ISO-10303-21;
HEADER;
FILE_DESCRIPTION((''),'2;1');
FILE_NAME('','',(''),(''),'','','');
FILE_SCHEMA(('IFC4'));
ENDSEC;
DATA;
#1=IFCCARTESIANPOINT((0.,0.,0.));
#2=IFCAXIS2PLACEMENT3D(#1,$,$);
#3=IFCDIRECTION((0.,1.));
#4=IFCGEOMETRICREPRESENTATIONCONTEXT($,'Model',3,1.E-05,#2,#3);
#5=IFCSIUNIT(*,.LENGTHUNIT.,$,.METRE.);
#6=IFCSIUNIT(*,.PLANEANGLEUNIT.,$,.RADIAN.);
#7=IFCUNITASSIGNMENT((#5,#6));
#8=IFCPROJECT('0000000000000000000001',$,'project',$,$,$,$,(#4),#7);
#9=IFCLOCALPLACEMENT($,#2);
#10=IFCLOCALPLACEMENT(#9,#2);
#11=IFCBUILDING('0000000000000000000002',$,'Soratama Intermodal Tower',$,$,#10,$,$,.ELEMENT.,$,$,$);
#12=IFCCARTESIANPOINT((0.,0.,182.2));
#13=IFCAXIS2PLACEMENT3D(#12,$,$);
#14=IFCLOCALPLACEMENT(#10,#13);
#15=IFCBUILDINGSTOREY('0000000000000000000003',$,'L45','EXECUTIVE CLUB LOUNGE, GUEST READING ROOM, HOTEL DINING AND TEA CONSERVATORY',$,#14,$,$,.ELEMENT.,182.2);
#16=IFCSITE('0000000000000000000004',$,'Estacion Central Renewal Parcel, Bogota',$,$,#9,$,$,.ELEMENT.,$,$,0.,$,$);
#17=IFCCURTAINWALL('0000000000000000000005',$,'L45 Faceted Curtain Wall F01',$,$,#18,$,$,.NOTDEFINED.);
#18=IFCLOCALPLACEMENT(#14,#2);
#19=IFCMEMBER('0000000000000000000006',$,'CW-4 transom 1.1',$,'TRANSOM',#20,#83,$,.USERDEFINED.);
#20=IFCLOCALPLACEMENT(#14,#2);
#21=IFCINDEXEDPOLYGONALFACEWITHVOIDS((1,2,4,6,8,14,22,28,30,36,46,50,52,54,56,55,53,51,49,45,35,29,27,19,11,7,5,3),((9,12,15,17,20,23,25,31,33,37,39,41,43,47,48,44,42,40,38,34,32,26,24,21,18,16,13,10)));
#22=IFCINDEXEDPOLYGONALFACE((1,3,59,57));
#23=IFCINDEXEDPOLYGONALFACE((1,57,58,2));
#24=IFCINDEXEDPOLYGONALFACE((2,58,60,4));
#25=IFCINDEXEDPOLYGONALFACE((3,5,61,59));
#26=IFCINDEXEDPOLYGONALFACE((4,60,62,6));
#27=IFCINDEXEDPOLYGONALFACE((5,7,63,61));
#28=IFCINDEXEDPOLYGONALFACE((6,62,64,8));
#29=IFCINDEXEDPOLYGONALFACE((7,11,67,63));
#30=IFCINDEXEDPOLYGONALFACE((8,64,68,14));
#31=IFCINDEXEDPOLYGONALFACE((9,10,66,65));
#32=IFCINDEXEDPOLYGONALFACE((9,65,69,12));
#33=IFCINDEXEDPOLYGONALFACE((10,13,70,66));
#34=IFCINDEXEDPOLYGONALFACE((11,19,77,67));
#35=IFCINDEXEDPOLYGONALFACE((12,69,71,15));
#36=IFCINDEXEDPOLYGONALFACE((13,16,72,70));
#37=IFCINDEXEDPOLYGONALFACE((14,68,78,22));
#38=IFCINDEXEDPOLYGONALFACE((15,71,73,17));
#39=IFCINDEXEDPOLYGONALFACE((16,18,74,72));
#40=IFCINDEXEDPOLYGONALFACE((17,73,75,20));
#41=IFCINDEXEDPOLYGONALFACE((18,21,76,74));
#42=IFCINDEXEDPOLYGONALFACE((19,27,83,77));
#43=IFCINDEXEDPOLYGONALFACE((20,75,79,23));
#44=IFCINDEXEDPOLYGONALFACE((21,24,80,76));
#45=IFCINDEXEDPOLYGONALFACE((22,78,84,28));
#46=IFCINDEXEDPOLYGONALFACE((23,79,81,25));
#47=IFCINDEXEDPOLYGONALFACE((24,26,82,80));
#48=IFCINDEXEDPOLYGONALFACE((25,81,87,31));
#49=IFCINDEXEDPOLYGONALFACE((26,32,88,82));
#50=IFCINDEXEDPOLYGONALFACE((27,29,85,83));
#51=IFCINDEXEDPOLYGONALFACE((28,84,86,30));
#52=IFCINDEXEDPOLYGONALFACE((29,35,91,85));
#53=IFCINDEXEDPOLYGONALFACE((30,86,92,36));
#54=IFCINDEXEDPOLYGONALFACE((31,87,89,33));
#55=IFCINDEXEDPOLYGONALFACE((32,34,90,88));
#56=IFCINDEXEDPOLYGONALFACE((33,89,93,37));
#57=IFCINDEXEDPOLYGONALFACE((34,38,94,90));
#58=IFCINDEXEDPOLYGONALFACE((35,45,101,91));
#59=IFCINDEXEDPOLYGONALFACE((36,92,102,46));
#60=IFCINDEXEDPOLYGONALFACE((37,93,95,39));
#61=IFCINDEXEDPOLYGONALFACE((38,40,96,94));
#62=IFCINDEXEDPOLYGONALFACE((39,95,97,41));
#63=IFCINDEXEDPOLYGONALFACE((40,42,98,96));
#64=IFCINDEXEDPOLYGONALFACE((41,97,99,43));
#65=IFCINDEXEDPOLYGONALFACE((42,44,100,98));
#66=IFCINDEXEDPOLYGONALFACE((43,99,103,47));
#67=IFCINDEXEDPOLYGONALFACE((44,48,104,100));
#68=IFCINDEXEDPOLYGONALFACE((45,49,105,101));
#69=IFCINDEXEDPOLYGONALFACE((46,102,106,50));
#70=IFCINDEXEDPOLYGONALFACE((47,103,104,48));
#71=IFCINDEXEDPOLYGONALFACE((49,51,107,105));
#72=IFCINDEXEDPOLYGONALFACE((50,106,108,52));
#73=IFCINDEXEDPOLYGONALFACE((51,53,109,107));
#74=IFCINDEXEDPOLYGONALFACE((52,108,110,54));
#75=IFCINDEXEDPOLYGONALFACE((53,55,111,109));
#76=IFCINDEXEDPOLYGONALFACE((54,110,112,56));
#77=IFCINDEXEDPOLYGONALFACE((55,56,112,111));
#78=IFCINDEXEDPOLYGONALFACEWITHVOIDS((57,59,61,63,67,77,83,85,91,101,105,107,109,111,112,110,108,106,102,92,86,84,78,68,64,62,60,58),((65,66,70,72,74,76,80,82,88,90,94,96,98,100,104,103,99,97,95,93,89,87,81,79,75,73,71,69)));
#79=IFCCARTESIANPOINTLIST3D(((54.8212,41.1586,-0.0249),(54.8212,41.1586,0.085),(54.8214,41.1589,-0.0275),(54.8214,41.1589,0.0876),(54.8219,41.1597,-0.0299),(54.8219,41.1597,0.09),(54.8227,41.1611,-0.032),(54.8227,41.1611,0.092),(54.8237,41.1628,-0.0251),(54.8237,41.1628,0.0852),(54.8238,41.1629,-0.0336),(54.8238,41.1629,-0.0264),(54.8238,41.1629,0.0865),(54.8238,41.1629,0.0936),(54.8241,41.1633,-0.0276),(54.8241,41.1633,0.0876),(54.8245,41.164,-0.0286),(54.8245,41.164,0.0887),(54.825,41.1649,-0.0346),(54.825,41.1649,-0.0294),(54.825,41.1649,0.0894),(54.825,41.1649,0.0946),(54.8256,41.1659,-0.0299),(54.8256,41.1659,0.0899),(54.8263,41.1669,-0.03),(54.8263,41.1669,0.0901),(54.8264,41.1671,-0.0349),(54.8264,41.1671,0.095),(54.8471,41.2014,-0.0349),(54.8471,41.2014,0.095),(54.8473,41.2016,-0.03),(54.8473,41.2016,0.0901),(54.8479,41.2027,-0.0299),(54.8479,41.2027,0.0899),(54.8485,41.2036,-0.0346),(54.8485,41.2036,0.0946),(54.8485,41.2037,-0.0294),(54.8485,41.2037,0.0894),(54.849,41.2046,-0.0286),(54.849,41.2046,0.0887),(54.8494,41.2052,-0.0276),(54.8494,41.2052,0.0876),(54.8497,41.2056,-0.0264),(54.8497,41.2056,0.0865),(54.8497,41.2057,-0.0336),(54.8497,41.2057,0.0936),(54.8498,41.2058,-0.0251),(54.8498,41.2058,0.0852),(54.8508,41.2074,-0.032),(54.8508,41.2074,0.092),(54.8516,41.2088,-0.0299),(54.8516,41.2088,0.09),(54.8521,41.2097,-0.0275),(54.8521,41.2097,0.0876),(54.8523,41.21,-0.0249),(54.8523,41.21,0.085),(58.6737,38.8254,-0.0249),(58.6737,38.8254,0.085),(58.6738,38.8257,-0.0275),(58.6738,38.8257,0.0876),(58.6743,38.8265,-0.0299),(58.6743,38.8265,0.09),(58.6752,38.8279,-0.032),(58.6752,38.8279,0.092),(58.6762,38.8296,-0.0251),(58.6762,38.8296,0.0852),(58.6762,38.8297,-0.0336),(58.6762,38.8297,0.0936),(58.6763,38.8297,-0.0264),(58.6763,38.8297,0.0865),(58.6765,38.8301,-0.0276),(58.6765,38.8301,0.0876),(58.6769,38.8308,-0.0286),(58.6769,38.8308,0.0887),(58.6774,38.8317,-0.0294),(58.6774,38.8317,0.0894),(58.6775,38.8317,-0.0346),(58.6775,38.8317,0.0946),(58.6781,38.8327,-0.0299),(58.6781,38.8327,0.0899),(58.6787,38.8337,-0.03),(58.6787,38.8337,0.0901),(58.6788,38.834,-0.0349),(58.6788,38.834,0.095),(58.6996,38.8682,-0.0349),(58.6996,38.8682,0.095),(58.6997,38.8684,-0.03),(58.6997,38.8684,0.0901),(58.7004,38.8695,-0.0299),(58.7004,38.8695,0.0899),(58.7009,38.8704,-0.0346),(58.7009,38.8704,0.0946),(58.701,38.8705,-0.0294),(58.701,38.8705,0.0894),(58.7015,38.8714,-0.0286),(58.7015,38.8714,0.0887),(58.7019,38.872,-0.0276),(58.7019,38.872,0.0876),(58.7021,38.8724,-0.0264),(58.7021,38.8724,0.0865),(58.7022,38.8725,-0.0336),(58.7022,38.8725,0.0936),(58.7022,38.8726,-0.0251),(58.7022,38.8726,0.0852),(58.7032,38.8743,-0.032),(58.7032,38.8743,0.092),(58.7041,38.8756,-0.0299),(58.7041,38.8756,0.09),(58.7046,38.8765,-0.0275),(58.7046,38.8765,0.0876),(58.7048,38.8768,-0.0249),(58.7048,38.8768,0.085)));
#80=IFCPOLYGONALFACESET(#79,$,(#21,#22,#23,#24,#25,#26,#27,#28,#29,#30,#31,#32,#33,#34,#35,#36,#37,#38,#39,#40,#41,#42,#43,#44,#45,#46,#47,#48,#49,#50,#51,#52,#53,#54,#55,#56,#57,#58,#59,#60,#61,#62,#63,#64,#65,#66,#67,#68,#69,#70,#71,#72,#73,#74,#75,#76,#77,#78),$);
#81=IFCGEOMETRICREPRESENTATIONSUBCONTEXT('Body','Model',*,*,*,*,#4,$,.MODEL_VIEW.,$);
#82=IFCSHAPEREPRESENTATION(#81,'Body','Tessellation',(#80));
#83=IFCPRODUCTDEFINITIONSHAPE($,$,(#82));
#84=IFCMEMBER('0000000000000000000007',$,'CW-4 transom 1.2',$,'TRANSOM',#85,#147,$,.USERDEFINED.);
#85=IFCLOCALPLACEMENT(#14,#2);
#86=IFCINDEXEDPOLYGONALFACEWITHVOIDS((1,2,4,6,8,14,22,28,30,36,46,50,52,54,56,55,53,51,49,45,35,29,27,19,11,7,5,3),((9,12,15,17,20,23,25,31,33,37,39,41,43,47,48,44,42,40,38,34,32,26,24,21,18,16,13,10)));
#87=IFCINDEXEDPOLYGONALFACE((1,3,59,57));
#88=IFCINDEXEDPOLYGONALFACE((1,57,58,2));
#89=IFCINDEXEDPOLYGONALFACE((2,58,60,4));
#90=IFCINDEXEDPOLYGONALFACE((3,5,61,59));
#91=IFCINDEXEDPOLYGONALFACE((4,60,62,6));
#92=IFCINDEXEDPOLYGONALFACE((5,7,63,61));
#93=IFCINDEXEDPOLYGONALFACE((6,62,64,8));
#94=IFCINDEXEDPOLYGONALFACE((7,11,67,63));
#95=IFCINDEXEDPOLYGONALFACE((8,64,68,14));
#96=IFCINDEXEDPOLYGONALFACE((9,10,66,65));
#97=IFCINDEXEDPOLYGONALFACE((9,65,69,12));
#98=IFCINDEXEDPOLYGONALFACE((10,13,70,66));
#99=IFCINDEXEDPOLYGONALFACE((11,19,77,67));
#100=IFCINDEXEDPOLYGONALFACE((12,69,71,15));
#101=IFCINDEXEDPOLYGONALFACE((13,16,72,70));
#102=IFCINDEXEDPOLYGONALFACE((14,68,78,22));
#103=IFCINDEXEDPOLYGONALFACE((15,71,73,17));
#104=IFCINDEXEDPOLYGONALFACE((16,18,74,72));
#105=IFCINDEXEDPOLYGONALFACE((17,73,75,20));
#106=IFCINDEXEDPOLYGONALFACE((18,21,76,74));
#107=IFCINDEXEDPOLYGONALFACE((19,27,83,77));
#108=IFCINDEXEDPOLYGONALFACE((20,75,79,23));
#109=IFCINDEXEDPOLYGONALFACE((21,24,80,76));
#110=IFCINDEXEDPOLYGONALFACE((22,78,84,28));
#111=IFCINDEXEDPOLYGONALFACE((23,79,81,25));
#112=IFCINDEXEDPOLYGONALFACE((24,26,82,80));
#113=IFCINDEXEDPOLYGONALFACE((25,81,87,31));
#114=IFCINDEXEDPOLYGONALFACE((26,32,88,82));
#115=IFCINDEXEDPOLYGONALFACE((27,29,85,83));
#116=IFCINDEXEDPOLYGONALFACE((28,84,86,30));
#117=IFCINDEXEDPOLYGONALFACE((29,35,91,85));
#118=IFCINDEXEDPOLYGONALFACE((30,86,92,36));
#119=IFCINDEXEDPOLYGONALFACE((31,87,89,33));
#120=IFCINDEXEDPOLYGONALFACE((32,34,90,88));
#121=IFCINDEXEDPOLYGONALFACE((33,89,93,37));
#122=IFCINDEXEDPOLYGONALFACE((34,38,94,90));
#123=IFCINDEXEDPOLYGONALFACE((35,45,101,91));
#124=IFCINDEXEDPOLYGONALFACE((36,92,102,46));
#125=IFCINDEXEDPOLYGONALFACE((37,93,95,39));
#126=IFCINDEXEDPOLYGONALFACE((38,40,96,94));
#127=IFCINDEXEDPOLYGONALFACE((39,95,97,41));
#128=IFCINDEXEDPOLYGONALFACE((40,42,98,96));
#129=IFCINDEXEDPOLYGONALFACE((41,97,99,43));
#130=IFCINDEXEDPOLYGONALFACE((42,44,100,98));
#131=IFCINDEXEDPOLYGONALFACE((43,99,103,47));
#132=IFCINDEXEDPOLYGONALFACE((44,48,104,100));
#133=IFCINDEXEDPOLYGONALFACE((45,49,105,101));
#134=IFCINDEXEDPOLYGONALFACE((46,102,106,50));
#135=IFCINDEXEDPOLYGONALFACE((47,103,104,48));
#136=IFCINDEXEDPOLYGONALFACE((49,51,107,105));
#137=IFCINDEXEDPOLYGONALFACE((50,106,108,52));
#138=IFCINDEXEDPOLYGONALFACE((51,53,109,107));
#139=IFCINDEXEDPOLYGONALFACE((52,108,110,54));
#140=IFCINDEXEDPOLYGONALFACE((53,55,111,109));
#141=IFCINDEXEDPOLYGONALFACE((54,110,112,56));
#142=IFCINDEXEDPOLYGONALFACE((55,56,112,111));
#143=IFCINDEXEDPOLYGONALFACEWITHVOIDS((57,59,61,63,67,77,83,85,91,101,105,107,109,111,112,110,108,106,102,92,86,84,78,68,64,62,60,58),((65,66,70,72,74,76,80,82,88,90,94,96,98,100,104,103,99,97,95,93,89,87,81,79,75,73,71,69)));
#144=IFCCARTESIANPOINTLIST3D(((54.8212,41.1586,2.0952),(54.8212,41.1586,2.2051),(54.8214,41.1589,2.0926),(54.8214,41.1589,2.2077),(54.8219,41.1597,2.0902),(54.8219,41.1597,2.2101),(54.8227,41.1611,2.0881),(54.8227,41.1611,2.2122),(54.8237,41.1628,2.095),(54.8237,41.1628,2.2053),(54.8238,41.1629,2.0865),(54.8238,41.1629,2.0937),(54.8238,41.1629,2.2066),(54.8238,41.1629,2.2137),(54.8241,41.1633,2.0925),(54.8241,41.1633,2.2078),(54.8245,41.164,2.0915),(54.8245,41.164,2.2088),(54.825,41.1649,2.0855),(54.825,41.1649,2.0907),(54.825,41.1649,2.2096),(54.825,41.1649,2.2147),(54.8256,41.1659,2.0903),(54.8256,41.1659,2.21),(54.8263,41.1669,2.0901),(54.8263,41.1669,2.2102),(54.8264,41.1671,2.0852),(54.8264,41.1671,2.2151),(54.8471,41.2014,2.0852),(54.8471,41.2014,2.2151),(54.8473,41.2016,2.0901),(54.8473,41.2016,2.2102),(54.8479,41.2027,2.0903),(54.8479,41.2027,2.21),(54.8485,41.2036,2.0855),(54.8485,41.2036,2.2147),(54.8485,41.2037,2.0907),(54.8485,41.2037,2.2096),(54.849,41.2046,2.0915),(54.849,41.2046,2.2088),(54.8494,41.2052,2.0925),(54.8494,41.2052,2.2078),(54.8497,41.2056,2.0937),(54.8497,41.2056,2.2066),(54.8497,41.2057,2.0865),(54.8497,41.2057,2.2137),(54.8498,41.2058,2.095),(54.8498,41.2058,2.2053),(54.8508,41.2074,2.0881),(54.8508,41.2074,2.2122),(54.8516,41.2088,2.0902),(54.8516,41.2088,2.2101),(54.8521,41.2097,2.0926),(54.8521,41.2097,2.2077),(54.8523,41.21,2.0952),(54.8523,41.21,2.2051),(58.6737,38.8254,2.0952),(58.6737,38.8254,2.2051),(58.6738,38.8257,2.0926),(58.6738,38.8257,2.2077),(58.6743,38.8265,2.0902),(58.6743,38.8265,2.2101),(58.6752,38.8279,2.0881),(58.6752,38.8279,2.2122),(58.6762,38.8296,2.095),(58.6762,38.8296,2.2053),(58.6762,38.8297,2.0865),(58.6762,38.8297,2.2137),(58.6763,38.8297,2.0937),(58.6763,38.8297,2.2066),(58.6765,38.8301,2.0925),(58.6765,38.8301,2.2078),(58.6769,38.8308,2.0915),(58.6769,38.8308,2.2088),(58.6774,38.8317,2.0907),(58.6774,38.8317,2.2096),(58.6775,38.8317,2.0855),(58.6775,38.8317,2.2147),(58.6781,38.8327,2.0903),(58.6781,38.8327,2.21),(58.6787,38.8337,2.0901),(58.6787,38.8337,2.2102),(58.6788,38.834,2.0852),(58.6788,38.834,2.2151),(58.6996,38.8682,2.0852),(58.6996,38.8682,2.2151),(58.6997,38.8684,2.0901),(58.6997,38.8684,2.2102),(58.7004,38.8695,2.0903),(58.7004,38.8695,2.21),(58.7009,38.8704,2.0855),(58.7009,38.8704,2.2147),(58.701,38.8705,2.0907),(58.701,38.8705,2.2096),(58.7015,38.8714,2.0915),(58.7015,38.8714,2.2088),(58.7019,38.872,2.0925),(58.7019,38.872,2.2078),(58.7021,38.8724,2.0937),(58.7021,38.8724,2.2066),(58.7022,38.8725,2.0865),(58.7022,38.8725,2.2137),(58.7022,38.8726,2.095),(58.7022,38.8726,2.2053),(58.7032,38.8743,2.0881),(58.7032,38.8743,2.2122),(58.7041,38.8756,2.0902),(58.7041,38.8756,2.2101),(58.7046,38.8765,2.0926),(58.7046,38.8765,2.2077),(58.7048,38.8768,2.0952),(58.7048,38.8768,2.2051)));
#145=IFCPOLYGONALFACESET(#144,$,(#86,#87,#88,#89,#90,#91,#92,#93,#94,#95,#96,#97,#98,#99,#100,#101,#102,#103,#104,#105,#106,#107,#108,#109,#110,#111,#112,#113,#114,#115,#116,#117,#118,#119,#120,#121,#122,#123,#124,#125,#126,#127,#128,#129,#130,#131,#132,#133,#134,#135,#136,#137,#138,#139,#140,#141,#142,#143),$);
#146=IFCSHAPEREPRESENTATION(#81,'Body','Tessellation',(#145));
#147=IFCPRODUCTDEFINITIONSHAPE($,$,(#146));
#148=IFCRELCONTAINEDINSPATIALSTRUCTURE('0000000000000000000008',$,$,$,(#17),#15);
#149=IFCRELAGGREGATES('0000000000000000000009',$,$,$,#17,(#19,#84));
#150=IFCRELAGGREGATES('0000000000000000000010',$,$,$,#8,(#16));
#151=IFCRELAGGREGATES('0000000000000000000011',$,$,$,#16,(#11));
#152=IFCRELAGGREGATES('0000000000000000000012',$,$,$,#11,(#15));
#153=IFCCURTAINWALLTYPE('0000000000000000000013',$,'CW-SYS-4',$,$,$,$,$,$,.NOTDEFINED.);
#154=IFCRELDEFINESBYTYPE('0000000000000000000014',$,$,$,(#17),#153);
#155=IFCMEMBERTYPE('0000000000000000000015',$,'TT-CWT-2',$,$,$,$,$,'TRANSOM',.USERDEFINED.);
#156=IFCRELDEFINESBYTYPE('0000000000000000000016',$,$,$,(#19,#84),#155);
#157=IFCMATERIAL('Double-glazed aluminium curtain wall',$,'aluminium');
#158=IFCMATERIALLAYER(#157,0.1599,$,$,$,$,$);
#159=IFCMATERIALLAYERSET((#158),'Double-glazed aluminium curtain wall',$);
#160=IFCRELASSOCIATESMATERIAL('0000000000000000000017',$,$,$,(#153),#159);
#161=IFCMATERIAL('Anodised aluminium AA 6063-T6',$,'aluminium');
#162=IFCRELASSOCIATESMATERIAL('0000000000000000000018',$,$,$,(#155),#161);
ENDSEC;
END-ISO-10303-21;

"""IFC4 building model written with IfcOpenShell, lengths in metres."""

from ifc_helpers import new_model, si_unit, direction, frame, origin, origin_2d, place, context, subcontext, project, spatial, hollow_rectangle, extrude, material, layer, layer_set, material_profile, profile_set, type_object, element, aggregate, save


model = new_model("IFC4")

# Units and contexts
model_context = context("Model", 3, precision=1e-05, world=origin(), true_north=direction((0.0, 1.0)))
body_context = subcontext(model_context, "Body", "Model", "MODEL_VIEW")
ifc_project = project(units=[si_unit("LENGTHUNIT", "METRE"), si_unit("PLANEANGLEUNIT", "RADIAN")], contexts=[model_context])

# Site, building, storey
site_placement = place(None, origin())
site = spatial("IfcSite", under=ifc_project, at=site_placement, Name="Estacion Central Renewal Parcel, Bogota", CompositionType="ELEMENT", RefElevation=0.0)
building_placement = place(site_placement, origin())
building = spatial("IfcBuilding", under=site, at=building_placement, Name="Soratama Intermodal Tower", CompositionType="ELEMENT")
storey_placement = place(building_placement, frame((0.0, 0.0, 182.2)))
storey = spatial("IfcBuildingStorey", under=building, at=storey_placement, Name="L45", Description="EXECUTIVE CLUB LOUNGE, GUEST READING ROOM, HOTEL DINING AND TEA CONSERVATORY", CompositionType="ELEMENT", Elevation=182.2)

# Curtain wall, members
ifc_material_1 = material(Name="Double-glazed aluminium curtain wall", Category="aluminium")
ifc_layer_1 = layer(ifc_material_1, 0.1599)
ifc_layer_set_1 = layer_set([ifc_layer_1], Name="Double-glazed aluminium curtain wall")
curtain_wall_type = type_object("IfcCurtainWallType", Name="CW-SYS-4", PredefinedType="NOTDEFINED", material=ifc_layer_set_1)
curtain_wall_placement = place(storey_placement, origin())
curtain_wall = element("IfcCurtainWall", 1, at=curtain_wall_placement, inside=storey, type_object=curtain_wall_type, Name="L45 Faceted Curtain Wall F01", PredefinedType="NOTDEFINED")
ifc_material_2 = material(Name="Anodised aluminium AA 6063-T6", Category="aluminium")
ifc_material_profile_1 = material_profile(ifc_material_2, hollow_rectangle(XDim=0.0601, YDim=0.1299, WallThickness=0.0049, InnerFilletRadius=0.0049, OuterFilletRadius=0.01, at=origin_2d()), Name="CWT130X60X5")
ifc_profile_set_1 = profile_set([ifc_material_profile_1], Name="Anodised aluminium AA 6063-T6")
member_type_1 = type_object("IfcMemberType", Name="TT-CWT-2", ElementType="TRANSOM", PredefinedType="USERDEFINED", material=ifc_profile_set_1)
member_1_placement = place(storey_placement, frame((58.6892, 38.8511, 0.03), z_axis=(-0.855357, 0.518039, 0.0), x_axis=(-0.518039, -0.855357, 0.0)))
member_1 = element("IfcMember", 2, at=member_1_placement, type_object=member_type_1, Name="CW-4 transom 1.1", ObjectType="TRANSOM", PredefinedType="USERDEFINED", context=body_context, shape_type="SweptSolid", body=[
    extrude(hollow_rectangle(XDim=0.0601, YDim=0.1299, WallThickness=0.0049, InnerFilletRadius=0.0049, OuterFilletRadius=0.01, at=origin_2d()), origin(), (0.0, 0.0, 1.0), 4.5039),
])
member_2_placement = place(storey_placement, frame((58.6892, 38.8511, 2.1501), z_axis=(-0.855357, 0.518039, 0.0), x_axis=(-0.518039, -0.855357, 0.0)))
member_2 = element("IfcMember", 3, at=member_2_placement, type_object=member_type_1, Name="CW-4 transom 1.2", ObjectType="TRANSOM", PredefinedType="USERDEFINED", context=body_context, shape_type="SweptSolid", body=[
    extrude(hollow_rectangle(XDim=0.0601, YDim=0.1299, WallThickness=0.0049, InnerFilletRadius=0.0049, OuterFilletRadius=0.01, at=origin_2d()), origin(), (0.0, 0.0, 1.0), 4.5039),
])
aggregate(curtain_wall, [member_1, member_2])

save(model, "model.ifc")
